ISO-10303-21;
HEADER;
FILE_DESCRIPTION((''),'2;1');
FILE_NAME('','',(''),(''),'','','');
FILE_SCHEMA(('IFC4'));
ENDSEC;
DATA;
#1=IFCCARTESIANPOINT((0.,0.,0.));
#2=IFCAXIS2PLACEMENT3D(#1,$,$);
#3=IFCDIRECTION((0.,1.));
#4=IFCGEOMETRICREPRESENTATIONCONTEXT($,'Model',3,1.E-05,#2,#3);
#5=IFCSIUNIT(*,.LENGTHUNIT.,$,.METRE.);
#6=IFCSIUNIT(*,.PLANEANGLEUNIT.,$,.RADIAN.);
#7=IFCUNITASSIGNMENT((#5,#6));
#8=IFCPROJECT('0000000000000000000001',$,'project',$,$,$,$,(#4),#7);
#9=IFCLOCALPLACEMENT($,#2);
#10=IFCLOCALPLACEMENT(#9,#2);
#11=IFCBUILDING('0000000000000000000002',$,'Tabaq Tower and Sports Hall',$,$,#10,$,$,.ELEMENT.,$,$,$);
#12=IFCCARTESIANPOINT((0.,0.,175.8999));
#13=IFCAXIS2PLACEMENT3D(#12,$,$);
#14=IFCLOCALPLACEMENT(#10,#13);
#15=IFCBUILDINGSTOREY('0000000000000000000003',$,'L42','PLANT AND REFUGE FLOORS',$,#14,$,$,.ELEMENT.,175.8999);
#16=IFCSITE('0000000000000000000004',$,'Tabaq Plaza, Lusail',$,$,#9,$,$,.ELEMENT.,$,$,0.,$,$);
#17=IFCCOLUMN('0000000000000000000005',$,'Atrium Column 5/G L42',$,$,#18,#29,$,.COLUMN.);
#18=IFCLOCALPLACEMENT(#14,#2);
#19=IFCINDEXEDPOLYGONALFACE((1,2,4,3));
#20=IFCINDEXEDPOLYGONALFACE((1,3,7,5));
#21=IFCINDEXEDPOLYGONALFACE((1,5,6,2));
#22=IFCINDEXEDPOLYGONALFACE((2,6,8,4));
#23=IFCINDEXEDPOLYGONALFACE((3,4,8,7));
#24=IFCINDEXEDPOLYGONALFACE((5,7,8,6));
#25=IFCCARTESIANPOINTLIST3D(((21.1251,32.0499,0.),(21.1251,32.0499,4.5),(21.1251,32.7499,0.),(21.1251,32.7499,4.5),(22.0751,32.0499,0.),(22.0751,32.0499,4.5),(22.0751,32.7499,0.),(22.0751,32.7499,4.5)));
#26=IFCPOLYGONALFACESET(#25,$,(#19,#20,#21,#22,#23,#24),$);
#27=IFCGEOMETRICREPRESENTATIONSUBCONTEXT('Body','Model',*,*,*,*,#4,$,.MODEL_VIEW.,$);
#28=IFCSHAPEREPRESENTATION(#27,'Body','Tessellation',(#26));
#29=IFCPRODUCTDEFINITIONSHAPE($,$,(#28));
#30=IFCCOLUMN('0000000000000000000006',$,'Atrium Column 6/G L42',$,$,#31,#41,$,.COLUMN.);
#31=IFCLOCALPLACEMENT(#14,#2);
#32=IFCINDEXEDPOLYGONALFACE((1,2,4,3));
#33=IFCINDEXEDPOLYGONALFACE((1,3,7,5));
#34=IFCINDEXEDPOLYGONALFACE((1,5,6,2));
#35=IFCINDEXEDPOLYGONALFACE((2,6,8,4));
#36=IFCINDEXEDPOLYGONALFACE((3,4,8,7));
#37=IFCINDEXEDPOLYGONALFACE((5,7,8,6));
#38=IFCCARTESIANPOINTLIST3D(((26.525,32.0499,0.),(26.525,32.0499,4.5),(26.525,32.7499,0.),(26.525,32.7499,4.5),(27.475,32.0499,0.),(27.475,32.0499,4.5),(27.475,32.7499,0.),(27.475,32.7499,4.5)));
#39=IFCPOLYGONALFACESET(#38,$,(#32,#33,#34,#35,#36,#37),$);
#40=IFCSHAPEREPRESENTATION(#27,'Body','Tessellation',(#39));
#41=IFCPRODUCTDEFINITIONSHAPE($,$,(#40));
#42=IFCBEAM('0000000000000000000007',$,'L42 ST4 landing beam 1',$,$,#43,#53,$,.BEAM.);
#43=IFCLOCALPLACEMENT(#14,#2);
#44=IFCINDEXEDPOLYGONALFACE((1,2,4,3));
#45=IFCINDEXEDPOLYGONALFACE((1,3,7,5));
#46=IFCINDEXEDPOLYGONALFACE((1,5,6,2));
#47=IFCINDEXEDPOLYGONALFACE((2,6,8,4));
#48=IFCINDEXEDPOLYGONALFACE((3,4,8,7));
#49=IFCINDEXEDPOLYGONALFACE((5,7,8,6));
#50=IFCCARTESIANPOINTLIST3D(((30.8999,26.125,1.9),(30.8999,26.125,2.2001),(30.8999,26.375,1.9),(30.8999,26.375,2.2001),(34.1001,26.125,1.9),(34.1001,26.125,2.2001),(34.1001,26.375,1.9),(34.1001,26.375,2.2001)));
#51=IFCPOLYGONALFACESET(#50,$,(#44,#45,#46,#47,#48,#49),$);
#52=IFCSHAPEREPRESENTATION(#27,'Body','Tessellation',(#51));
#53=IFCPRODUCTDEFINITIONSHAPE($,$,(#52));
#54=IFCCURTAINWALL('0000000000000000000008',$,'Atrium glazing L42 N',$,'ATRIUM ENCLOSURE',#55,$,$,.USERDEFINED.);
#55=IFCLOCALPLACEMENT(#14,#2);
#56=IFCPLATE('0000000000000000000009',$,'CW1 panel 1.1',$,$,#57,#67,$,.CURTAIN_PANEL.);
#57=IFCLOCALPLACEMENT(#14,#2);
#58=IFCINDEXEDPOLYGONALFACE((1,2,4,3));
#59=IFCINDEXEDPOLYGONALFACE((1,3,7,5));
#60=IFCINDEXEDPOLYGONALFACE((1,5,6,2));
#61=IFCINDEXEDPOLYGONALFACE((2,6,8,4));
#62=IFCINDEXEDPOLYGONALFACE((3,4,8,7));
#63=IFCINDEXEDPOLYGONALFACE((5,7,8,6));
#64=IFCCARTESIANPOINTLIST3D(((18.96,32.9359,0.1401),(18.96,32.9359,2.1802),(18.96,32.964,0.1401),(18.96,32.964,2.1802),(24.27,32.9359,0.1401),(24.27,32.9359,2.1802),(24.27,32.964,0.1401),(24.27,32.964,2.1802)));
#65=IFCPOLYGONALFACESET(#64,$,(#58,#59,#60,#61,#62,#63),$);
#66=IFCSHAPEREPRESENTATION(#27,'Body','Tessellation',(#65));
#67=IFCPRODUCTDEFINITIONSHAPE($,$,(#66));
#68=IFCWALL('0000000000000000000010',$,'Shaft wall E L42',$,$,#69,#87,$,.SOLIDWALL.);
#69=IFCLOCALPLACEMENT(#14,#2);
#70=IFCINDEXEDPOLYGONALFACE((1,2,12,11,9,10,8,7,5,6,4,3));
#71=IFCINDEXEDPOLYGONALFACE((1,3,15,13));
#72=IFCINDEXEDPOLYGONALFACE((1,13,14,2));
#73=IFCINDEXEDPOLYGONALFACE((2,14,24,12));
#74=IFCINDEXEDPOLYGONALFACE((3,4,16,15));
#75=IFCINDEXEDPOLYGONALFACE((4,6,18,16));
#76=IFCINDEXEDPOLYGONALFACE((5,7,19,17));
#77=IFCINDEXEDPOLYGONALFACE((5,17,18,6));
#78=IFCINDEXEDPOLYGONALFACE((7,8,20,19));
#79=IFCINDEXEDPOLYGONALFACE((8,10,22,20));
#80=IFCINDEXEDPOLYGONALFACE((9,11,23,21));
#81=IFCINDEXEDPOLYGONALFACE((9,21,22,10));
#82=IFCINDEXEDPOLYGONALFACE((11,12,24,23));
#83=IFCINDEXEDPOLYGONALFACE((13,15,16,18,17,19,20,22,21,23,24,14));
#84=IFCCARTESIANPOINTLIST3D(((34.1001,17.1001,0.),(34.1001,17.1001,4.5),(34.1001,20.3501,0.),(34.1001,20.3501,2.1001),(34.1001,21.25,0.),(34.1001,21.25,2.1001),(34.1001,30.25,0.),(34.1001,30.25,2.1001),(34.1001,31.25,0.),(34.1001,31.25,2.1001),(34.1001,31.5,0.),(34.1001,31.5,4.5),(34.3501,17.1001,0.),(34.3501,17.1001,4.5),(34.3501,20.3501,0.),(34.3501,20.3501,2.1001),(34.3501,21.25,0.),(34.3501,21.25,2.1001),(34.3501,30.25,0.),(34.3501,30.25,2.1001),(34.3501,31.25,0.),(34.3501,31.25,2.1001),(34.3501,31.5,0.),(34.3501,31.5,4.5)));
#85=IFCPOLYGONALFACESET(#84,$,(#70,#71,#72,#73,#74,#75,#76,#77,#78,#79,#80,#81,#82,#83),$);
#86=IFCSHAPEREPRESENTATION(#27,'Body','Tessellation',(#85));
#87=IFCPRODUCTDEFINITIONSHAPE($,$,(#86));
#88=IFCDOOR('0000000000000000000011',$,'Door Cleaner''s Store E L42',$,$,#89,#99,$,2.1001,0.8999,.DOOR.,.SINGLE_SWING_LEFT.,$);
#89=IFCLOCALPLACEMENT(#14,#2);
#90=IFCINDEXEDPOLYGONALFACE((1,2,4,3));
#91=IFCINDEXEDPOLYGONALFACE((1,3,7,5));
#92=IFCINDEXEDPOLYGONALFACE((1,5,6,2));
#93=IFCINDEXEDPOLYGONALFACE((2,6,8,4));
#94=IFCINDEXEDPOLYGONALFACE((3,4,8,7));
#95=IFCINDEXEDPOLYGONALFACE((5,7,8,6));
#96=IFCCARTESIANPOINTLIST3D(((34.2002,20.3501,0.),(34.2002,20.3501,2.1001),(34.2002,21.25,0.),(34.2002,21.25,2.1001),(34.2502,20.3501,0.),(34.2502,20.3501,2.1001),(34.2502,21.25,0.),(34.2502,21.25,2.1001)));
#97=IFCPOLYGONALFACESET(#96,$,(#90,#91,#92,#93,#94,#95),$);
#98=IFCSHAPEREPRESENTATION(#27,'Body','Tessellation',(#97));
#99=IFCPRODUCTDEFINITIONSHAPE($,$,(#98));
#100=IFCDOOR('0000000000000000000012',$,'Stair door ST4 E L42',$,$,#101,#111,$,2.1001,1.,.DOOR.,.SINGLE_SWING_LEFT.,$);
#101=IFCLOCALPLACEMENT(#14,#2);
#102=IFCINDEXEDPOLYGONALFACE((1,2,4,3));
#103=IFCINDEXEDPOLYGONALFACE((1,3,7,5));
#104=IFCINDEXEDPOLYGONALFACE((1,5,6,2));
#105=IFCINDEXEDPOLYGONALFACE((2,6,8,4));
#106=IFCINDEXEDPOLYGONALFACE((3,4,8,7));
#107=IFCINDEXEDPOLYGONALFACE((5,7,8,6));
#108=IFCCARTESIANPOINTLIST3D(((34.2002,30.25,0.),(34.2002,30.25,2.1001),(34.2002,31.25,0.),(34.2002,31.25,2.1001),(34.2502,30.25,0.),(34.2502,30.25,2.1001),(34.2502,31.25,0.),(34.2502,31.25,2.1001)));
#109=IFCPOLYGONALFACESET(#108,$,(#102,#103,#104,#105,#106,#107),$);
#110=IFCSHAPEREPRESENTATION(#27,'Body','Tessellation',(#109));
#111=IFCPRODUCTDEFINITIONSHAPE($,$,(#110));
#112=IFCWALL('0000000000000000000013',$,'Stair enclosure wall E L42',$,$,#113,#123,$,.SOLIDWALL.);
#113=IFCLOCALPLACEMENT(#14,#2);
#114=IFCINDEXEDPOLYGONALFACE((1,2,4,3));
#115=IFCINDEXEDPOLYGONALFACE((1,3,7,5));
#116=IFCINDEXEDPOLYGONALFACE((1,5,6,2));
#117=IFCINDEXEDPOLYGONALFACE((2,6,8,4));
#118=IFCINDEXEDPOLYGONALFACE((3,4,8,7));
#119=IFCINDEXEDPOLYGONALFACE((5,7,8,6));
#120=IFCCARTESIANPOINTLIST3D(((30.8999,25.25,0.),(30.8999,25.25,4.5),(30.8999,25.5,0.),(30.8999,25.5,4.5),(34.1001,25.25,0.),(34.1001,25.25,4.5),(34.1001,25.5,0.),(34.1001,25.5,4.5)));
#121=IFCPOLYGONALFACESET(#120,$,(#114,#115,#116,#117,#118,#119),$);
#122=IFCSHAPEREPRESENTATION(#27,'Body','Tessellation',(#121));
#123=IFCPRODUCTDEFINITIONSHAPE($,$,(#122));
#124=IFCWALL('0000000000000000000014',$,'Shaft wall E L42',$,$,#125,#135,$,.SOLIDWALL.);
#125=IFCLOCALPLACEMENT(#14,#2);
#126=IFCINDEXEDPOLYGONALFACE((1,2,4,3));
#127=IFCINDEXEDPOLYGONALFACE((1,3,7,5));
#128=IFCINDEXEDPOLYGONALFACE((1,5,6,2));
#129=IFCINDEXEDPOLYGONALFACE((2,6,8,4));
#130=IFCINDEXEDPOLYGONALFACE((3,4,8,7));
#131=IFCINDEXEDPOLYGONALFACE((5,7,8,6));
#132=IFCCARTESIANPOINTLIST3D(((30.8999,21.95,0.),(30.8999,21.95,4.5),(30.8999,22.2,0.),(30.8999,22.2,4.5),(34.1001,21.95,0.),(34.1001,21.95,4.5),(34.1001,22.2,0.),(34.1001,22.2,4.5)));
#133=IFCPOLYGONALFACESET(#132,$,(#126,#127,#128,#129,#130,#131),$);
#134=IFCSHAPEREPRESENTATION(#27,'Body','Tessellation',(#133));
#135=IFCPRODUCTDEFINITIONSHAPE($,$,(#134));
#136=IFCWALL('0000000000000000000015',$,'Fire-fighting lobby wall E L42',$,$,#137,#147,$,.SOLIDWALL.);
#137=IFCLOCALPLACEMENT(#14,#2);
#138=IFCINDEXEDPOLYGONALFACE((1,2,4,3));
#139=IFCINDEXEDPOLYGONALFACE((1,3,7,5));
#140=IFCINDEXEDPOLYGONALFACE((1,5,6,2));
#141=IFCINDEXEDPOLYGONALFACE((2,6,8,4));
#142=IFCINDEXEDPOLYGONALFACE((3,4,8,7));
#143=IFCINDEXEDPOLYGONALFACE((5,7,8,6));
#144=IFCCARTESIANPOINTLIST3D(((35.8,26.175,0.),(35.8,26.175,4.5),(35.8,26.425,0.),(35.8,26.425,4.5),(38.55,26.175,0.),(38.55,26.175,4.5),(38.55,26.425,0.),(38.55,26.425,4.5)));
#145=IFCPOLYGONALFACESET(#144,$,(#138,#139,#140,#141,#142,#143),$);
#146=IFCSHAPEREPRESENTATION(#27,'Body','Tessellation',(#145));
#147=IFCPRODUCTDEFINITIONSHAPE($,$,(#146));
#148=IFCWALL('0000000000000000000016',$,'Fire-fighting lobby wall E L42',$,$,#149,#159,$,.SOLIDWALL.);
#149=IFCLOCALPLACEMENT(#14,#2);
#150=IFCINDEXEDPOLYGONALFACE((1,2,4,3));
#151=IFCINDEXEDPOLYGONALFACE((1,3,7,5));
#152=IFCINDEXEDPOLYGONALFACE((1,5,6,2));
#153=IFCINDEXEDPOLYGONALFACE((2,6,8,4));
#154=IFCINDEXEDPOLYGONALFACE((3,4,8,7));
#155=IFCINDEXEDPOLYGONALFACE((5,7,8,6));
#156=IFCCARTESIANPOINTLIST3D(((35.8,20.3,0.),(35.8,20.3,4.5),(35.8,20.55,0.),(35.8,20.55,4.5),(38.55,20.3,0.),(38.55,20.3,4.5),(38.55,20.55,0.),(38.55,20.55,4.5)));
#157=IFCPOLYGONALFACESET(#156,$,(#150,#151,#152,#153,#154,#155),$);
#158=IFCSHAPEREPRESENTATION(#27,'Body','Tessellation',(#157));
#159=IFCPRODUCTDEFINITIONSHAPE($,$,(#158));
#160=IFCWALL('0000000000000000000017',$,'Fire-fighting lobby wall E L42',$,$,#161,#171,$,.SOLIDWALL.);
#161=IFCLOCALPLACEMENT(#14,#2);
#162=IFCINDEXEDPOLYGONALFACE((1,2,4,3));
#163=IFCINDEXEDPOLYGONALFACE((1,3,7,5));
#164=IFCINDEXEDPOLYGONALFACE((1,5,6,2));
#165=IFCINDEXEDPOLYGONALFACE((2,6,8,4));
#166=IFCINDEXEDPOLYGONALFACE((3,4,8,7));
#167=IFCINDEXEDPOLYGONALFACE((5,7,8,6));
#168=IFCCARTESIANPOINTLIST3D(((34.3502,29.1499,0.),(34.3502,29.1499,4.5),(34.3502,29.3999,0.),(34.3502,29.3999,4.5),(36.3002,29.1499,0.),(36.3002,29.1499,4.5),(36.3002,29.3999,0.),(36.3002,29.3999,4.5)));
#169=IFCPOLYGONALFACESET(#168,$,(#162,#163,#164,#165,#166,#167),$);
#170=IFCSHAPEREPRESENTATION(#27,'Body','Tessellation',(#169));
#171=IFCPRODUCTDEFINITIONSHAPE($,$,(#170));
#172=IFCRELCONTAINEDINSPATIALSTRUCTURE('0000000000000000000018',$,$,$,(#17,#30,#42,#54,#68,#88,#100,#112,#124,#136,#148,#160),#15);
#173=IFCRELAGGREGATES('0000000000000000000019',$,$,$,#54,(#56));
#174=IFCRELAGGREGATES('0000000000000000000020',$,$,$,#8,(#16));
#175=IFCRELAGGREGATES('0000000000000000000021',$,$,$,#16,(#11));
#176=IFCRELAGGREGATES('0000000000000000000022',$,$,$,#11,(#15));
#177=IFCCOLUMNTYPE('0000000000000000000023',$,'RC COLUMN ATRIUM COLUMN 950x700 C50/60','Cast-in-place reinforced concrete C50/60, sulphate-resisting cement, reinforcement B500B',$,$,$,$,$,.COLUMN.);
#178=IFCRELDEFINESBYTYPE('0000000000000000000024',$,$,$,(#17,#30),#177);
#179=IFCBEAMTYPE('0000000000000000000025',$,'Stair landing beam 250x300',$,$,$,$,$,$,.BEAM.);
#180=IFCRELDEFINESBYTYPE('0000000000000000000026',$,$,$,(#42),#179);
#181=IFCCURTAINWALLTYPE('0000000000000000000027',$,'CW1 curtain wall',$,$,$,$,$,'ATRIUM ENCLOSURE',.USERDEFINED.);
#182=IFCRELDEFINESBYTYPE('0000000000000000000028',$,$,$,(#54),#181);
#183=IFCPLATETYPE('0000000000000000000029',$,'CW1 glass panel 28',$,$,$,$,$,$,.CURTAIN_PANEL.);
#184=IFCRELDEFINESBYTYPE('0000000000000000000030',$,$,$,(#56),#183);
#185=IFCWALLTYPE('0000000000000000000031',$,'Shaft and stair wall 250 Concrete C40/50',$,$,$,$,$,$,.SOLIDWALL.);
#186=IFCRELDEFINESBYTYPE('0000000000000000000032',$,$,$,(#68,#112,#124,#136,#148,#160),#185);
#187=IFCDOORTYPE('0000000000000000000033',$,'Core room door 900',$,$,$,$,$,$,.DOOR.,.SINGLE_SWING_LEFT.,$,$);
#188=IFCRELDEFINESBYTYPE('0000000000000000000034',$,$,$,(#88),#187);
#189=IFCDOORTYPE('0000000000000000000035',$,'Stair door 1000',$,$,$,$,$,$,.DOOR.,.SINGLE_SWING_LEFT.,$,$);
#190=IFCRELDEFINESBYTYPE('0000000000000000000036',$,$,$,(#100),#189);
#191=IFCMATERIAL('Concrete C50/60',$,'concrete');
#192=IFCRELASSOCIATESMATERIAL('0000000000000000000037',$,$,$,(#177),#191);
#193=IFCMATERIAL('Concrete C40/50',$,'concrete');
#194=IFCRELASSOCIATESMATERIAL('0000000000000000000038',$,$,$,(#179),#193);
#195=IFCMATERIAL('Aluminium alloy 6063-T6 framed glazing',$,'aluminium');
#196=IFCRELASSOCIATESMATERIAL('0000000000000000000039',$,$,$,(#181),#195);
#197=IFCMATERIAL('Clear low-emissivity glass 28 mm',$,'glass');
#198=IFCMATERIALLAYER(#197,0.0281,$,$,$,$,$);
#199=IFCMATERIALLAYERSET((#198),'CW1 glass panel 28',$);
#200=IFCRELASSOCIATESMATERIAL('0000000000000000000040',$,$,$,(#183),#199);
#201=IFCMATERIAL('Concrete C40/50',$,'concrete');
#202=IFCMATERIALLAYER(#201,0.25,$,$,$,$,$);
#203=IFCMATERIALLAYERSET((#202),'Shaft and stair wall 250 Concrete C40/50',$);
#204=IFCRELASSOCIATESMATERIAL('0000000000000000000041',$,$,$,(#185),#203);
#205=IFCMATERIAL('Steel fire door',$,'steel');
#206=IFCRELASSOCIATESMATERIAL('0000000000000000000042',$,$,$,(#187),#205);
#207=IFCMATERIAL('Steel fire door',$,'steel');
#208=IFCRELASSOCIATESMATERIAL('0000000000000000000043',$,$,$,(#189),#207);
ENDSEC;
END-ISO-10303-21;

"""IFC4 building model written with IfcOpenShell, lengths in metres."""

from ifc_helpers import new_model, si_unit, direction, frame, frame_2d, origin, origin_2d, place, context, subcontext, project, spatial, rectangle, extrude, material, layer, layer_set, material_profile, profile_set, type_object, element, fill, aggregate, save


model = new_model("IFC4")

# Units and contexts
model_context = context("Model", 3, precision=1e-05, world=origin(), true_north=direction((0.0, 1.0)))
body_context = subcontext(model_context, "Body", "Model", "MODEL_VIEW")
ifc_project = project(units=[si_unit("LENGTHUNIT", "METRE"), si_unit("PLANEANGLEUNIT", "RADIAN")], contexts=[model_context])

# Site, building, storey
site_placement = place(None, origin())
site = spatial("IfcSite", under=ifc_project, at=site_placement, Name="Tabaq Plaza, Lusail", CompositionType="ELEMENT", RefElevation=0.0)
building_placement = place(site_placement, origin())
building = spatial("IfcBuilding", under=site, at=building_placement, Name="Tabaq Tower and Sports Hall", CompositionType="ELEMENT")
storey_placement = place(building_placement, frame((0.0, 0.0, 175.8999)))
storey = spatial("IfcBuildingStorey", under=building, at=storey_placement, Name="L42", Description="PLANT AND REFUGE FLOORS", CompositionType="ELEMENT", Elevation=175.8999)

# Columns
ifc_material_1 = material(Name="Concrete C50/60", Category="concrete")
ifc_material_profile_1 = material_profile(ifc_material_1, rectangle(XDim=0.95, YDim=0.7, at=origin_2d()), Name="ATRIUM COLUMN 950x700")
ifc_profile_set_1 = profile_set([ifc_material_profile_1], Name="Concrete C50/60")
column_type = type_object("IfcColumnType", Name="RC COLUMN ATRIUM COLUMN 950x700 C50/60", Description="Cast-in-place reinforced concrete C50/60, sulphate-resisting cement, reinforcement B500B", PredefinedType="COLUMN", material=ifc_profile_set_1)
for number, where, z_axis, x_axis, name in (
    (1, (21.6001, 32.3999, 0.0), (0.0, 0.0, 1.0), (1.0, 0.0, 0.0), "Atrium Column 5/G L42"),
    (2, (27.0, 32.3999, 0.0), (0.0, 0.0, 1.0), (1.0, 0.0, 0.0), "Atrium Column 6/G L42"),
):
    element("IfcColumn", number, at=place(storey_placement, frame(where, z_axis=z_axis, x_axis=x_axis)), inside=storey, type_object=column_type, Name=name, PredefinedType="COLUMN", context=body_context, shape_type="SweptSolid", body=[
        extrude(rectangle(XDim=0.95, YDim=0.7, at=origin_2d()), origin(), (0.0, 0.0, 1.0), 4.5),
    ])

# Beam
ifc_material_2 = material(Name="Concrete C40/50", Category="concrete")
ifc_material_profile_2 = material_profile(ifc_material_2, rectangle(XDim=0.25, YDim=0.3, at=origin_2d()), Name="RC 250x300")
ifc_profile_set_2 = profile_set([ifc_material_profile_2], Name="Concrete C40/50")
beam_type = type_object("IfcBeamType", Name="Stair landing beam 250x300", PredefinedType="BEAM", material=ifc_profile_set_2)
beam_placement = place(storey_placement, frame((30.8999, 26.25, 2.05), z_axis=(1.0, 0.0, 0.0), x_axis=(0.0, 1.0, 0.0)))
element("IfcBeam", 3, at=beam_placement, inside=storey, type_object=beam_type, Name="L42 ST4 landing beam 1", PredefinedType="BEAM", context=body_context, shape_type="SweptSolid", body=[
    extrude(rectangle(XDim=0.25, YDim=0.3, at=origin_2d()), origin(), (0.0, 0.0, 1.0), 3.2002),
])

# Curtain wall, plate
ifc_material_3 = material(Name="Aluminium alloy 6063-T6 framed glazing", Category="aluminium")
curtain_wall_type = type_object("IfcCurtainWallType", Name="CW1 curtain wall", ElementType="ATRIUM ENCLOSURE", PredefinedType="USERDEFINED", material=ifc_material_3)
curtain_wall_placement = place(storey_placement, origin())
curtain_wall = element("IfcCurtainWall", 4, at=curtain_wall_placement, inside=storey, type_object=curtain_wall_type, Name="Atrium glazing L42 N", ObjectType="ATRIUM ENCLOSURE", PredefinedType="USERDEFINED")
ifc_material_4 = material(Name="Clear low-emissivity glass 28 mm", Category="glass")
ifc_layer_1 = layer(ifc_material_4, 0.0281)
ifc_layer_set_1 = layer_set([ifc_layer_1], Name="CW1 glass panel 28")
plate_type = type_object("IfcPlateType", Name="CW1 glass panel 28", PredefinedType="CURTAIN_PANEL", material=ifc_layer_set_1)
plate_placement = place(storey_placement, frame((21.615, 32.95, 0.1401), z_axis=(0.0, 0.0, 1.0), x_axis=(1.0, 0.0, 0.0)))
plate = element("IfcPlate", 5, at=plate_placement, type_object=plate_type, Name="CW1 panel 1.1", PredefinedType="CURTAIN_PANEL", context=body_context, shape_type="SweptSolid", body=[
    extrude(rectangle(XDim=5.3101, YDim=0.0281, at=origin_2d()), origin(), (0.0, 0.0, 1.0), 2.04),
])
aggregate(curtain_wall, [plate])

# Wall, openings, doors
ifc_material_5 = material(Name="Concrete C40/50", Category="concrete")
ifc_layer_2 = layer(ifc_material_5, 0.25)
ifc_layer_set_2 = layer_set([ifc_layer_2], Name="Shaft and stair wall 250 Concrete C40/50")
wall_type_1 = type_object("IfcWallType", Name="Shaft and stair wall 250 Concrete C40/50", PredefinedType="SOLIDWALL", material=ifc_layer_set_2)
wall_1_placement = place(storey_placement, frame((34.2251, 17.1001, 0.0), z_axis=(0.0, 0.0, 1.0), x_axis=(0.0, 1.0, 0.0)))
wall_1 = element("IfcWall", 6, at=wall_1_placement, inside=storey, type_object=wall_type_1, Name="Shaft wall E L42", PredefinedType="SOLIDWALL", context=body_context, shape_type="SweptSolid", body=[
    extrude(rectangle(XDim=14.3999, YDim=0.25, at=frame_2d((7.2, 0.0))), origin(), (0.0, 0.0, 1.0), 4.5),
])
opening_1_placement = place(wall_1_placement, frame((13.1499, 0.0, 0.0)))
opening_1 = element("IfcOpeningElement", 7, at=opening_1_placement, cuts=wall_1, PredefinedType="OPENING", context=body_context, shape_type="SweptSolid", body=[
    extrude(rectangle(XDim=1.0, YDim=2.1001, at=frame_2d((0.5, 1.05))), frame((0.0, 0.125, 0.0), z_axis=(0.0, -1.0, 0.0), x_axis=(1.0, 0.0, 0.0)), (0.0, 0.0, 1.0), 0.25),
])
opening_2_placement = place(wall_1_placement, frame((3.25, 0.0, 0.0)))
opening_2 = element("IfcOpeningElement", 8, at=opening_2_placement, cuts=wall_1, PredefinedType="OPENING", context=body_context, shape_type="SweptSolid", body=[
    extrude(rectangle(XDim=0.8999, YDim=2.1001, at=frame_2d((0.45, 1.05))), frame((0.0, 0.125, 0.0), z_axis=(0.0, -1.0, 0.0), x_axis=(1.0, 0.0, 0.0)), (0.0, 0.0, 1.0), 0.25),
])
ifc_material_6 = material(Name="Steel fire door", Category="steel")
door_type_1 = type_object("IfcDoorType", Name="Core room door 900", OperationType="SINGLE_SWING_LEFT", PredefinedType="DOOR", material=ifc_material_6)
door_1_placement = place(opening_2_placement, origin())
door_1 = element("IfcDoor", 9, at=door_1_placement, inside=storey, type_object=door_type_1, Name="Door Cleaner's Store E L42", OperationType="SINGLE_SWING_LEFT", OverallHeight=2.1001, OverallWidth=0.8999, PredefinedType="DOOR", context=body_context, shape_type="SweptSolid", body=[
    extrude(rectangle(XDim=0.8999, YDim=2.1001, at=frame_2d((0.45, 1.05))), frame((0.0, 0.0249, 0.0), z_axis=(0.0, -1.0, 0.0), x_axis=(1.0, 0.0, 0.0)), (0.0, 0.0, 1.0), 0.05),
])
fill(opening_2, door_1)
ifc_material_7 = material(Name="Steel fire door", Category="steel")
door_type_2 = type_object("IfcDoorType", Name="Stair door 1000", OperationType="SINGLE_SWING_LEFT", PredefinedType="DOOR", material=ifc_material_7)
door_2_placement = place(opening_1_placement, origin())
door_2 = element("IfcDoor", 10, at=door_2_placement, inside=storey, type_object=door_type_2, Name="Stair door ST4 E L42", OperationType="SINGLE_SWING_LEFT", OverallHeight=2.1001, OverallWidth=1.0, PredefinedType="DOOR", context=body_context, shape_type="SweptSolid", body=[
    extrude(rectangle(XDim=1.0, YDim=2.1001, at=frame_2d((0.5, 1.05))), frame((0.0, 0.0249, 0.0), z_axis=(0.0, -1.0, 0.0), x_axis=(1.0, 0.0, 0.0)), (0.0, 0.0, 1.0), 0.05),
])
fill(opening_1, door_2)

# Walls
for number, where, z_axis, x_axis, name in (
    (11, (30.8999, 25.375, 0.0), (0.0, 0.0, 1.0), (1.0, 0.0, 0.0), "Stair enclosure wall E L42"),
    (12, (30.8999, 22.075, 0.0), (0.0, 0.0, 1.0), (1.0, 0.0, 0.0), "Shaft wall E L42"),
):
    element("IfcWall", number, at=place(storey_placement, frame(where, z_axis=z_axis, x_axis=x_axis)), inside=storey, type_object=wall_type_1, Name=name, PredefinedType="SOLIDWALL", context=body_context, shape_type="SweptSolid", body=[
        extrude(rectangle(XDim=3.2002, YDim=0.25, at=frame_2d((1.6001, 0.0))), origin(), (0.0, 0.0, 1.0), 4.5),
    ])
for number, where, z_axis, x_axis, name in (
    (13, (35.8, 26.3, 0.0), (0.0, 0.0, 1.0), (1.0, 0.0, 0.0), "Fire-fighting lobby wall E L42"),
    (14, (35.8, 20.425, 0.0), (0.0, 0.0, 1.0), (1.0, 0.0, 0.0), "Fire-fighting lobby wall E L42"),
):
    element("IfcWall", number, at=place(storey_placement, frame(where, z_axis=z_axis, x_axis=x_axis)), inside=storey, type_object=wall_type_1, Name=name, PredefinedType="SOLIDWALL", context=body_context, shape_type="SweptSolid", body=[
        extrude(rectangle(XDim=2.75, YDim=0.25, at=frame_2d((1.375, 0.0))), origin(), (0.0, 0.0, 1.0), 4.5),
    ])
wall_2_placement = place(storey_placement, frame((34.3501, 29.2749, 0.0), z_axis=(0.0, 0.0, 1.0), x_axis=(1.0, 0.0, 0.0)))
element("IfcWall", 15, at=wall_2_placement, inside=storey, type_object=wall_type_1, Name="Fire-fighting lobby wall E L42", PredefinedType="SOLIDWALL", context=body_context, shape_type="SweptSolid", body=[
    extrude(rectangle(XDim=1.95, YDim=0.25, at=frame_2d((0.9751, 0.0))), origin(), (0.0, 0.0, 1.0), 4.5),
])

save(model, "model.ifc")
